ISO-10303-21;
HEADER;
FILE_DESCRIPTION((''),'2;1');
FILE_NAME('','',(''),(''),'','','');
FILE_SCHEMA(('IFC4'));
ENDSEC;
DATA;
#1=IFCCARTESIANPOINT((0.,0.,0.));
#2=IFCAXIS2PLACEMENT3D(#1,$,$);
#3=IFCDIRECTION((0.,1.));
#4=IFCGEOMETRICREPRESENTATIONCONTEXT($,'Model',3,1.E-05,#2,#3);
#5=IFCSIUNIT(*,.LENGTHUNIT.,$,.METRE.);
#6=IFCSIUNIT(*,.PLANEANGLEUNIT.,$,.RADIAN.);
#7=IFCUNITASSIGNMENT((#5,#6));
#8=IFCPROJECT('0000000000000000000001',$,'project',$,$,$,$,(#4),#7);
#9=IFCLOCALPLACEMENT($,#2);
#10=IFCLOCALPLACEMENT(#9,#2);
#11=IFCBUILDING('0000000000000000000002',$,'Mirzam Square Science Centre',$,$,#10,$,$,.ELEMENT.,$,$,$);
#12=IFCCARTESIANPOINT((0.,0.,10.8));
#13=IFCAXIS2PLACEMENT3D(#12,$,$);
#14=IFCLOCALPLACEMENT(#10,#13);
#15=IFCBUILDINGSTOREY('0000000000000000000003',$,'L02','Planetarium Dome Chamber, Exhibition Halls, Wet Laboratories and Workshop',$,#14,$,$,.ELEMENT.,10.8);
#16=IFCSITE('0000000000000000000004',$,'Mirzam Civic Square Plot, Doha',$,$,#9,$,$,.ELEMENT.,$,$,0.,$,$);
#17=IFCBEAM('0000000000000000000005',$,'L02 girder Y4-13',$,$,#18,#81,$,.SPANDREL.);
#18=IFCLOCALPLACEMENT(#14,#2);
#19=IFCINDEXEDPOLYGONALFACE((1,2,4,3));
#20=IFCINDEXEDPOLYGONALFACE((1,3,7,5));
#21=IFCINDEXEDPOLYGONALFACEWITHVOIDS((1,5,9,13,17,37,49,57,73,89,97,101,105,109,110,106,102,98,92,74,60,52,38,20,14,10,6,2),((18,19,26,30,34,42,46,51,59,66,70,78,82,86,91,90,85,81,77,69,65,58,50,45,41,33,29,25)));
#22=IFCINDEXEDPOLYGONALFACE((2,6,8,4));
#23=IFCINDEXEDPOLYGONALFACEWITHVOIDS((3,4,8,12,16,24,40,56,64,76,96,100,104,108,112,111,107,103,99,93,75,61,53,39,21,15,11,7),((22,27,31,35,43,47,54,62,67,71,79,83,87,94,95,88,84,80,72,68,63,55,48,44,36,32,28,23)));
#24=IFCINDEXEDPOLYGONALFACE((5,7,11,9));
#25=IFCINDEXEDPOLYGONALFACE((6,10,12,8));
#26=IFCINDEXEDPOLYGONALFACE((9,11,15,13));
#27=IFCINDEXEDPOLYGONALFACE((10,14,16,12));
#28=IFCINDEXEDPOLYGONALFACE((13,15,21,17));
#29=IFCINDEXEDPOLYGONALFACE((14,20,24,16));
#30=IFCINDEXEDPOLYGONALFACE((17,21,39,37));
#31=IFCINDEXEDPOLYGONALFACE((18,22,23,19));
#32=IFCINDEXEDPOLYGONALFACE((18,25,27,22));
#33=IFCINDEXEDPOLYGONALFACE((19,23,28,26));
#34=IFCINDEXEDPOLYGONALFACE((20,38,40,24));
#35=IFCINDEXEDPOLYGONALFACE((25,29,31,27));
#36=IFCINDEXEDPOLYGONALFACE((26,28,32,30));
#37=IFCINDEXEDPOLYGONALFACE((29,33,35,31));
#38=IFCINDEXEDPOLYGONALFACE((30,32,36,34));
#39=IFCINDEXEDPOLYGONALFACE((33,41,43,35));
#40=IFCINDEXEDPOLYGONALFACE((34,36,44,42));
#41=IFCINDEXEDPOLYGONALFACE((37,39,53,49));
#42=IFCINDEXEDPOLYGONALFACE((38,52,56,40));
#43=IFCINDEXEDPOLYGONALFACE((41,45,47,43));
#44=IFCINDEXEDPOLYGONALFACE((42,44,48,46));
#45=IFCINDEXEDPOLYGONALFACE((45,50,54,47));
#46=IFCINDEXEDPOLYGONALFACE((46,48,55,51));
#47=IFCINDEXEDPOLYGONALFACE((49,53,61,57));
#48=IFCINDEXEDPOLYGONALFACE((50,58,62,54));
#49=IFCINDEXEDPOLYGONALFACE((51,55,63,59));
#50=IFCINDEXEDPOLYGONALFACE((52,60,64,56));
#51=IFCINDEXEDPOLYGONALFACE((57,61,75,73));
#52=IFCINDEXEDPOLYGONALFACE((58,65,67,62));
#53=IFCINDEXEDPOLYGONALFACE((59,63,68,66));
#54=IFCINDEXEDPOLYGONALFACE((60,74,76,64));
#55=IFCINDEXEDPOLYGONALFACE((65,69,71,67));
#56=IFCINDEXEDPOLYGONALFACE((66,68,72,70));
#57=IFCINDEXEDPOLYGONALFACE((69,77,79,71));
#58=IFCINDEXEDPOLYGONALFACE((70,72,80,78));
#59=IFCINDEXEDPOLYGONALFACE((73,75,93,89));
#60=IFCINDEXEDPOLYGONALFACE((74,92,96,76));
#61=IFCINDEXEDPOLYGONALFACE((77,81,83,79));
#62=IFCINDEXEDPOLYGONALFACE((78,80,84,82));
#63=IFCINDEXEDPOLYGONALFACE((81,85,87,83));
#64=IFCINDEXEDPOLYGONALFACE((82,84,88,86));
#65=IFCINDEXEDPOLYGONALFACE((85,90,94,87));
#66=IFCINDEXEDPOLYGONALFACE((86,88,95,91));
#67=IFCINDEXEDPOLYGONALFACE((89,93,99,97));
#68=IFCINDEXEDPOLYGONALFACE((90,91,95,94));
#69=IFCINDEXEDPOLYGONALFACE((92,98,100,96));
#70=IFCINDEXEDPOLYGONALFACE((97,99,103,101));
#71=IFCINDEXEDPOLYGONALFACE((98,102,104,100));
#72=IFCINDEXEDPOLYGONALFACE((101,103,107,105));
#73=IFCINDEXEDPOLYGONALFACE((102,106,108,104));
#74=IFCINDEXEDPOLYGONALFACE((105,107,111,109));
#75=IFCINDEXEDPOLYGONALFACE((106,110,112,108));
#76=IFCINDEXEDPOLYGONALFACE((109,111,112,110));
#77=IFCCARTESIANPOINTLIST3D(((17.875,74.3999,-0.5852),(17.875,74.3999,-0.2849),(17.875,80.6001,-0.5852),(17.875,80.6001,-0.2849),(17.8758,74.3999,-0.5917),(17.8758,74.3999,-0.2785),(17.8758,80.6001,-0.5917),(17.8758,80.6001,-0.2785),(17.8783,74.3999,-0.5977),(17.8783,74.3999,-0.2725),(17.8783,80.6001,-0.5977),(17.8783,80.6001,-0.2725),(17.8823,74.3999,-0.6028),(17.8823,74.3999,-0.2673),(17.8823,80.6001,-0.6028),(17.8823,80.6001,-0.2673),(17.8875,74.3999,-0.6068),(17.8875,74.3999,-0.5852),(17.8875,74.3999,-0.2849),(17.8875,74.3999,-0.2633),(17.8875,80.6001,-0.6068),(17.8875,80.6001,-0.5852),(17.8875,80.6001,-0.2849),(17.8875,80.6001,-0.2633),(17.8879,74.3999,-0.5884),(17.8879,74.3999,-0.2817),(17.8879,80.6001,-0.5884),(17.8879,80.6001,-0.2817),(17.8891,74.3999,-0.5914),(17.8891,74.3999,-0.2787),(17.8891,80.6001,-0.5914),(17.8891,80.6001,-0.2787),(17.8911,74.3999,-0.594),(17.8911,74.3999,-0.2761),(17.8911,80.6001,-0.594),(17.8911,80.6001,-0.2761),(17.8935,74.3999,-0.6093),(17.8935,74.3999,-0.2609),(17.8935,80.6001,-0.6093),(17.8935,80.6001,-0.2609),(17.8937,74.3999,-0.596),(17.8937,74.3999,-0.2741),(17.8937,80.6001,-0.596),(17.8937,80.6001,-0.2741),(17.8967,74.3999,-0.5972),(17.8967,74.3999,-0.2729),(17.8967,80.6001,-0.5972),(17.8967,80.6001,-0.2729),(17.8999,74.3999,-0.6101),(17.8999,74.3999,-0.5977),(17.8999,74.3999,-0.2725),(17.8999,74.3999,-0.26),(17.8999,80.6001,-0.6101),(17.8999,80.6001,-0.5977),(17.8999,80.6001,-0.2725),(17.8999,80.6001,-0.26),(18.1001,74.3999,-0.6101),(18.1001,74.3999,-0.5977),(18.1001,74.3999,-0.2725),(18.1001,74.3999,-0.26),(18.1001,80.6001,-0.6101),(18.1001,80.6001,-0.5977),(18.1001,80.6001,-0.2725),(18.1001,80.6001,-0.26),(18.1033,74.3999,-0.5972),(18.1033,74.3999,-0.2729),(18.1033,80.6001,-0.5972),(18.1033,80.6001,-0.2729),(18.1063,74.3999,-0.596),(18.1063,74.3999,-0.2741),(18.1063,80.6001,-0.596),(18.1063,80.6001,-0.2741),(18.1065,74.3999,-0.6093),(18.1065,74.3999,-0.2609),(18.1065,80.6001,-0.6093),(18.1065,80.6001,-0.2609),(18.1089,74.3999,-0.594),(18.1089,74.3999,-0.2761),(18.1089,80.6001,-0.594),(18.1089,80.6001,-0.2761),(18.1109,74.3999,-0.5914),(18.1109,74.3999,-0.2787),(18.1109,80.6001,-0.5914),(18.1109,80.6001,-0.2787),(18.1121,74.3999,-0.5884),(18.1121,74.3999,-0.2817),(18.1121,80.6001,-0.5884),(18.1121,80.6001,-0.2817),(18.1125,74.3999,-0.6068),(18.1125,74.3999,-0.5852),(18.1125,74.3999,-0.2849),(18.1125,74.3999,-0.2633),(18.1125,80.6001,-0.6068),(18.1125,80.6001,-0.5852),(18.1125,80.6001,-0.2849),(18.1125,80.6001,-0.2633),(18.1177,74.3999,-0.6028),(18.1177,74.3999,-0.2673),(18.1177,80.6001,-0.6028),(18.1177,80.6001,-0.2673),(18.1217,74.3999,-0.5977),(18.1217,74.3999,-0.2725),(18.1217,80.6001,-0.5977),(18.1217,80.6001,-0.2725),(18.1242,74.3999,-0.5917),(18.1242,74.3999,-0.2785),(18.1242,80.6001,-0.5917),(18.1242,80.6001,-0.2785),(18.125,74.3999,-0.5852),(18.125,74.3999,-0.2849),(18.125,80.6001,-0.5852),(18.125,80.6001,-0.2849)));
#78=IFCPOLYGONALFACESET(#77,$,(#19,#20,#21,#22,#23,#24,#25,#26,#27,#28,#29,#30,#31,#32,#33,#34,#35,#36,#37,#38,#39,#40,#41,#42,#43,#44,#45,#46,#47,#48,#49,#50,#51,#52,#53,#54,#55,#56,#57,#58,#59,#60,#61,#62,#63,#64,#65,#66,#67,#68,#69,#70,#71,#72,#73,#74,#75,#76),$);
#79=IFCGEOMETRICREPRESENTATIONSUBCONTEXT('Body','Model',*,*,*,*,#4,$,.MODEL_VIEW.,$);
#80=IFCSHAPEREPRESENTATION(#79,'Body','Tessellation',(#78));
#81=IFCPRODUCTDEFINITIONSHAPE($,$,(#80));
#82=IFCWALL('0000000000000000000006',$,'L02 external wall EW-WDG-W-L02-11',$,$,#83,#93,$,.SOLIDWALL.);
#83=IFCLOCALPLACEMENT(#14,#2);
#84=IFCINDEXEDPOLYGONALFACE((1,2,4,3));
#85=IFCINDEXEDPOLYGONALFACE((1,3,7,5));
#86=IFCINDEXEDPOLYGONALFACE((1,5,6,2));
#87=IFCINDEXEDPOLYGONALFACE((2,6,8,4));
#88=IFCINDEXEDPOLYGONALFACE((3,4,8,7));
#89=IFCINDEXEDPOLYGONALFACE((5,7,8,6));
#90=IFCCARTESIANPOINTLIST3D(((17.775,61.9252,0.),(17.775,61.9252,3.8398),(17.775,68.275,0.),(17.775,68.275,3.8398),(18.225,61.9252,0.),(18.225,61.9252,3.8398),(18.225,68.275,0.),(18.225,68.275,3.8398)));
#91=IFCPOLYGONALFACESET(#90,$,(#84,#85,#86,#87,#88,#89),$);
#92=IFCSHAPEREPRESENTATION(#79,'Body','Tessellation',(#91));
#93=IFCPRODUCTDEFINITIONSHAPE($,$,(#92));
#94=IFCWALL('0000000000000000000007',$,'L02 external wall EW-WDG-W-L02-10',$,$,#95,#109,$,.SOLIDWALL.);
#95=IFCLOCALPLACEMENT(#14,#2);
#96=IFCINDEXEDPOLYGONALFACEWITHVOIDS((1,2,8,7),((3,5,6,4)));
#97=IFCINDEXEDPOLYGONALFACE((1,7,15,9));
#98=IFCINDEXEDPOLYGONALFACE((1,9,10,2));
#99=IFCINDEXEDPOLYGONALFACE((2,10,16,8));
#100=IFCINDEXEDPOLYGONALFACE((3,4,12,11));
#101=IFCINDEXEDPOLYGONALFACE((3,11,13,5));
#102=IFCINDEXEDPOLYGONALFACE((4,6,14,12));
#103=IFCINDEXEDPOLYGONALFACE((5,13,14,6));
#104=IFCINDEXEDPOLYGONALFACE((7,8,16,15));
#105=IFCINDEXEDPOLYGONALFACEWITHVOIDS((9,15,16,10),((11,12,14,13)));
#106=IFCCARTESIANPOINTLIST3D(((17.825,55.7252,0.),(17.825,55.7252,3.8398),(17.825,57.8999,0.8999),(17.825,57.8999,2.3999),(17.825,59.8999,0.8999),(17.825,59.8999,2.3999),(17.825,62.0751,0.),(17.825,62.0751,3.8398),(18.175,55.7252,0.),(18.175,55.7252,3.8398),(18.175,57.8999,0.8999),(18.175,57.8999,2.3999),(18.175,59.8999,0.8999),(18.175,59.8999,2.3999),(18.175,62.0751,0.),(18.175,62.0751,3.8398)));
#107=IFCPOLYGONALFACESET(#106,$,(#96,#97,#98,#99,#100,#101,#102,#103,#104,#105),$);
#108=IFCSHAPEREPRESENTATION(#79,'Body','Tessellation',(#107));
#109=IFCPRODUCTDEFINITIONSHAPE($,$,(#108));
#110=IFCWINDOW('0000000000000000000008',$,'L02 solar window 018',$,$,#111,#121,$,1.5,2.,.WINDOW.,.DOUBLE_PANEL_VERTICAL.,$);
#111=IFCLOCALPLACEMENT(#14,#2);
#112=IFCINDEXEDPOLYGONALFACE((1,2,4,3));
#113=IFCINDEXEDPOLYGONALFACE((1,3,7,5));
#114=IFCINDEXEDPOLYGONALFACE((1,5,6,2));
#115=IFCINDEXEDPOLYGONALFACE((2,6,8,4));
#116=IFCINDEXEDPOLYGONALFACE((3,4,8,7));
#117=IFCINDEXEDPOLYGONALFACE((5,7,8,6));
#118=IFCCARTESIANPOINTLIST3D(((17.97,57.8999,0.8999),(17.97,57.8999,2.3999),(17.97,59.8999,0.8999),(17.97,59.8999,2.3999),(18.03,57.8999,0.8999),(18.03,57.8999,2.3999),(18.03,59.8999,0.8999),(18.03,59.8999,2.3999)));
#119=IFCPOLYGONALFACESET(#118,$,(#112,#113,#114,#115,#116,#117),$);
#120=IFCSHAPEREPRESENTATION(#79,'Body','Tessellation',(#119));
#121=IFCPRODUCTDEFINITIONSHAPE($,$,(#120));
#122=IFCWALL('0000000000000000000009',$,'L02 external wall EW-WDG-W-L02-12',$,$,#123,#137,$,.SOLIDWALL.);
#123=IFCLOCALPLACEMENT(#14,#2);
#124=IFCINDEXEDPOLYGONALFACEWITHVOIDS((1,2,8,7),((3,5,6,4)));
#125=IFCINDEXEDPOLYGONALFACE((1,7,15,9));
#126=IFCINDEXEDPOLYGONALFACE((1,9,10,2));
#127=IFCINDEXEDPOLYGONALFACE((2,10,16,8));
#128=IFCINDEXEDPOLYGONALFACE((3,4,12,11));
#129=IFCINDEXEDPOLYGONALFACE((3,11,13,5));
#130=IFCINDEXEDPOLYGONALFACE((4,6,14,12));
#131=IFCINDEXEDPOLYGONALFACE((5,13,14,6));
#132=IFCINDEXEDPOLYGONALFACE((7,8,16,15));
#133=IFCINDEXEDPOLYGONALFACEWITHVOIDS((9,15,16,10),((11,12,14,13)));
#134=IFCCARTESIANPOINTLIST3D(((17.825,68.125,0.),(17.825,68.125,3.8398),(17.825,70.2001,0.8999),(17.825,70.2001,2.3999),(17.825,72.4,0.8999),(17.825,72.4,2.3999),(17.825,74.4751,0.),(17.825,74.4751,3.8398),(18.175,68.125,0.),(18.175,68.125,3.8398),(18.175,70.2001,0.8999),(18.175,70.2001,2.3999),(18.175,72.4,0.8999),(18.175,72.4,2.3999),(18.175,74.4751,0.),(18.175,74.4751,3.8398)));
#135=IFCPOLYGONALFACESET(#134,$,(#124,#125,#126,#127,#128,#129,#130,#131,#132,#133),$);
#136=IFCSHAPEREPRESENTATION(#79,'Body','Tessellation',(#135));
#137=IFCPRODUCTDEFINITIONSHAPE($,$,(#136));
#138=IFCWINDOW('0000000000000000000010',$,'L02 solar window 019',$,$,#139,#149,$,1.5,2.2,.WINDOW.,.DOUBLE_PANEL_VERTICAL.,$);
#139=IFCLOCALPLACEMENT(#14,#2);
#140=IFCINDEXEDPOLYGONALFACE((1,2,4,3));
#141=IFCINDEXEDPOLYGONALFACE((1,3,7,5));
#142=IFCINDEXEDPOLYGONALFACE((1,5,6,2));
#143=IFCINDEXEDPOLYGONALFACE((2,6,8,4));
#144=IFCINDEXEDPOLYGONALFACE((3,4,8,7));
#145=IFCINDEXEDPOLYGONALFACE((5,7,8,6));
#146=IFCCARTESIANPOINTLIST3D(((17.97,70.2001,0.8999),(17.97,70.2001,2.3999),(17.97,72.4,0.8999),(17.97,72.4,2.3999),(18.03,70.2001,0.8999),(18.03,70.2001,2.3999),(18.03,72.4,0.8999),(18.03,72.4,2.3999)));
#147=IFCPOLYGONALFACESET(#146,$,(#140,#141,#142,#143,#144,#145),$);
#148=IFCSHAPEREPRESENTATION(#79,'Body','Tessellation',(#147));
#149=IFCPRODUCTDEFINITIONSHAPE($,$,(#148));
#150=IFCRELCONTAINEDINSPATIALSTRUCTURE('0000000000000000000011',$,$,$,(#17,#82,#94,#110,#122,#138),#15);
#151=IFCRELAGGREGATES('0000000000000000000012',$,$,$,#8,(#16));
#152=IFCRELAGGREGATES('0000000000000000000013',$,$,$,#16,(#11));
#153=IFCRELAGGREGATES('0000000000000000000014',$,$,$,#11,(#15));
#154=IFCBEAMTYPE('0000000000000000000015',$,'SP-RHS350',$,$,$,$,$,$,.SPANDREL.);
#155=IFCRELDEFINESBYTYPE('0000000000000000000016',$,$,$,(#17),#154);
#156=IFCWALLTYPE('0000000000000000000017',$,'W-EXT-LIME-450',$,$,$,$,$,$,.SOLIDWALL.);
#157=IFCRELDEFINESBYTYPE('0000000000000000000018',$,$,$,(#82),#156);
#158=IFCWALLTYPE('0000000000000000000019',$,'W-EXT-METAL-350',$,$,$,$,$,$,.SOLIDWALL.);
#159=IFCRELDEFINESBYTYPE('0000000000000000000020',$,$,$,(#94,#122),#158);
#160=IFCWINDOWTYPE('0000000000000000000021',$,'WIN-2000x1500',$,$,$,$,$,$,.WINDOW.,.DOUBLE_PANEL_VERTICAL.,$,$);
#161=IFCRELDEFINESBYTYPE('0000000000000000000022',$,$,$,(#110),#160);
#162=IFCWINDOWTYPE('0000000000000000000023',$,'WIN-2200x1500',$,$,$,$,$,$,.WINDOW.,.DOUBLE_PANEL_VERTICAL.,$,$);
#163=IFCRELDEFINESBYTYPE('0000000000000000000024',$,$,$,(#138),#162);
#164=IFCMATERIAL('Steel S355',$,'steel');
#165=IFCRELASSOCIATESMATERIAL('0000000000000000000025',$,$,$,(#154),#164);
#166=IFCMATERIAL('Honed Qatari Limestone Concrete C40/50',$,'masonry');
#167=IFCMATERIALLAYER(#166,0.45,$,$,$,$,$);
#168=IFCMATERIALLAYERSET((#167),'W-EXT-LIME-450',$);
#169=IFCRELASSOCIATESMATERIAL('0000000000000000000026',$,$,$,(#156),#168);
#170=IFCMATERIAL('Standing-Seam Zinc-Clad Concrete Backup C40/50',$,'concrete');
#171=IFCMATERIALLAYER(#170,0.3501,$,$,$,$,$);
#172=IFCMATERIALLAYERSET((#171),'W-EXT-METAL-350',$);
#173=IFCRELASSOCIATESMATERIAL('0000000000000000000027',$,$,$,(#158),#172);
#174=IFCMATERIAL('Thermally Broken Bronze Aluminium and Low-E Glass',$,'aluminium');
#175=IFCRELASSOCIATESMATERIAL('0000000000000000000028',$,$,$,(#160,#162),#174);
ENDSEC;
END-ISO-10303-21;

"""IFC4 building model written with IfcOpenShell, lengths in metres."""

from ifc_helpers import new_model, si_unit, direction, frame, frame_2d, origin, origin_2d, place, context, subcontext, project, spatial, rectangle, hollow_rectangle, extrude, material, layer, layer_set, material_profile, profile_set, type_object, element, fill, save


model = new_model("IFC4")

# Units and contexts
model_context = context("Model", 3, precision=1e-05, world=origin(), true_north=direction((0.0, 1.0)))
body_context = subcontext(model_context, "Body", "Model", "MODEL_VIEW")
ifc_project = project(units=[si_unit("LENGTHUNIT", "METRE"), si_unit("PLANEANGLEUNIT", "RADIAN")], contexts=[model_context])

# Site, building, storey
site_placement = place(None, origin())
site = spatial("IfcSite", under=ifc_project, at=site_placement, Name="Mirzam Civic Square Plot, Doha", CompositionType="ELEMENT", RefElevation=0.0)
building_placement = place(site_placement, origin())
building = spatial("IfcBuilding", under=site, at=building_placement, Name="Mirzam Square Science Centre", CompositionType="ELEMENT")
storey_placement = place(building_placement, frame((0.0, 0.0, 10.8)))
storey = spatial("IfcBuildingStorey", under=building, at=storey_placement, Name="L02", Description="Planetarium Dome Chamber, Exhibition Halls, Wet Laboratories and Workshop", CompositionType="ELEMENT", Elevation=10.8)

# Shared definitions
ifc_material_1 = material(Name="Steel S355", Category="steel")

# Beam
ifc_material_profile_1 = material_profile(ifc_material_1, hollow_rectangle(XDim=0.25, YDim=0.3501, WallThickness=0.0125, InnerFilletRadius=0.0125, OuterFilletRadius=0.0249, at=origin_2d()), Name="350x250x12.5RHS")
ifc_profile_set_1 = profile_set([ifc_material_profile_1], Name="Steel S355")
beam_type_1 = type_object("IfcBeamType", Name="SP-RHS350", PredefinedType="SPANDREL", material=ifc_profile_set_1)
beam_1_placement = place(storey_placement, frame((18.0, 74.3999, -0.4351), z_axis=(0.0, 1.0, 0.0), x_axis=(-1.0, 0.0, 0.0)))
element("IfcBeam", 1, at=beam_1_placement, inside=storey, type_object=beam_type_1, Name="L02 girder Y4-13", PredefinedType="SPANDREL", context=body_context, shape_type="SweptSolid", body=[
    extrude(hollow_rectangle(XDim=0.25, YDim=0.3501, WallThickness=0.0125, InnerFilletRadius=0.0125, OuterFilletRadius=0.0249, at=origin_2d()), origin(), (0.0, 0.0, 1.0), 6.2002),
])

# Wall
ifc_material_2 = material(Name="Honed Qatari Limestone Concrete C40/50", Category="masonry")
ifc_layer_1 = layer(ifc_material_2, 0.45)
ifc_layer_set_1 = layer_set([ifc_layer_1], Name="W-EXT-LIME-450")
wall_type_1 = type_object("IfcWallType", Name="W-EXT-LIME-450", PredefinedType="SOLIDWALL", material=ifc_layer_set_1)
wall_1_placement = place(storey_placement, frame((18.0, 68.2749, 0.0), z_axis=(0.0, 0.0, 1.0), x_axis=(0.0, -1.0, 0.0)))
element("IfcWall", 2, at=wall_1_placement, inside=storey, type_object=wall_type_1, Name="L02 external wall EW-WDG-W-L02-11", PredefinedType="SOLIDWALL", context=body_context, shape_type="SweptSolid", body=[
    extrude(rectangle(XDim=6.3499, YDim=0.45, at=frame_2d((3.1748, 0.0))), origin(), (0.0, 0.0, 1.0), 3.8398),
])

# Walls, openings, windows
ifc_material_3 = material(Name="Standing-Seam Zinc-Clad Concrete Backup C40/50", Category="concrete")
ifc_layer_2 = layer(ifc_material_3, 0.3501)
ifc_layer_set_2 = layer_set([ifc_layer_2], Name="W-EXT-METAL-350")
wall_type_2 = type_object("IfcWallType", Name="W-EXT-METAL-350", PredefinedType="SOLIDWALL", material=ifc_layer_set_2)
wall_2_placement = place(storey_placement, frame((18.0, 62.075, 0.0), z_axis=(0.0, 0.0, 1.0), x_axis=(0.0, -1.0, 0.0)))
wall_2 = element("IfcWall", 3, at=wall_2_placement, inside=storey, type_object=wall_type_2, Name="L02 external wall EW-WDG-W-L02-10", PredefinedType="SOLIDWALL", context=body_context, shape_type="SweptSolid", body=[
    extrude(rectangle(XDim=6.3499, YDim=0.3501, at=frame_2d((3.1748, 0.0))), origin(), (0.0, 0.0, 1.0), 3.8398),
])
opening_1_placement = place(wall_2_placement, frame((2.175, 0.0, 0.8999)))
opening_1 = element("IfcOpeningElement", 4, at=opening_1_placement, cuts=wall_2, PredefinedType="OPENING", context=body_context, shape_type="SweptSolid", body=[
    extrude(rectangle(XDim=2.0, YDim=1.5, at=frame_2d((1.0, 0.75))), frame((0.0, 0.1851, 0.0), z_axis=(0.0, -1.0, 0.0), x_axis=(1.0, 0.0, 0.0)), (0.0, 0.0, 1.0), 0.3701),
])
ifc_material_4 = material(Name="Thermally Broken Bronze Aluminium and Low-E Glass", Category="aluminium")
window_type_1 = type_object("IfcWindowType", Name="WIN-2000x1500", PartitioningType="DOUBLE_PANEL_VERTICAL", PredefinedType="WINDOW", material=ifc_material_4)
window_1_placement = place(opening_1_placement, origin())
window_1 = element("IfcWindow", 5, at=window_1_placement, inside=storey, type_object=window_type_1, Name="L02 solar window 018", OverallHeight=1.5, OverallWidth=2.0, PartitioningType="DOUBLE_PANEL_VERTICAL", PredefinedType="WINDOW", context=body_context, shape_type="SweptSolid", body=[
    extrude(rectangle(XDim=2.0, YDim=1.5, at=frame_2d((1.0, 0.75))), frame((0.0, 0.03, 0.0), z_axis=(0.0, -1.0, 0.0), x_axis=(1.0, 0.0, 0.0)), (0.0, 0.0, 1.0), 0.0601),
])
fill(opening_1, window_1)
wall_3_placement = place(storey_placement, frame((18.0, 74.4751, 0.0), z_axis=(0.0, 0.0, 1.0), x_axis=(0.0, -1.0, 0.0)))
wall_3 = element("IfcWall", 6, at=wall_3_placement, inside=storey, type_object=wall_type_2, Name="L02 external wall EW-WDG-W-L02-12", PredefinedType="SOLIDWALL", context=body_context, shape_type="SweptSolid", body=[
    extrude(rectangle(XDim=6.3501, YDim=0.3501, at=frame_2d((3.175, 0.0))), origin(), (0.0, 0.0, 1.0), 3.8398),
])
opening_2_placement = place(wall_3_placement, frame((2.075, 0.0, 0.8999)))
opening_2 = element("IfcOpeningElement", 7, at=opening_2_placement, cuts=wall_3, PredefinedType="OPENING", context=body_context, shape_type="SweptSolid", body=[
    extrude(rectangle(XDim=2.2, YDim=1.5, at=frame_2d((1.1001, 0.75))), frame((0.0, 0.1851, 0.0), z_axis=(0.0, -1.0, 0.0), x_axis=(1.0, 0.0, 0.0)), (0.0, 0.0, 1.0), 0.3701),
])
window_type_2 = type_object("IfcWindowType", Name="WIN-2200x1500", PartitioningType="DOUBLE_PANEL_VERTICAL", PredefinedType="WINDOW", material=ifc_material_4)
window_2_placement = place(opening_2_placement, origin())
window_2 = element("IfcWindow", 8, at=window_2_placement, inside=storey, type_object=window_type_2, Name="L02 solar window 019", OverallHeight=1.5, OverallWidth=2.2, PartitioningType="DOUBLE_PANEL_VERTICAL", PredefinedType="WINDOW", context=body_context, shape_type="SweptSolid", body=[
    extrude(rectangle(XDim=2.2, YDim=1.5, at=frame_2d((1.1001, 0.75))), frame((0.0, 0.03, 0.0), z_axis=(0.0, -1.0, 0.0), x_axis=(1.0, 0.0, 0.0)), (0.0, 0.0, 1.0), 0.0601),
])
fill(opening_2, window_2)

save(model, "model.ifc")
